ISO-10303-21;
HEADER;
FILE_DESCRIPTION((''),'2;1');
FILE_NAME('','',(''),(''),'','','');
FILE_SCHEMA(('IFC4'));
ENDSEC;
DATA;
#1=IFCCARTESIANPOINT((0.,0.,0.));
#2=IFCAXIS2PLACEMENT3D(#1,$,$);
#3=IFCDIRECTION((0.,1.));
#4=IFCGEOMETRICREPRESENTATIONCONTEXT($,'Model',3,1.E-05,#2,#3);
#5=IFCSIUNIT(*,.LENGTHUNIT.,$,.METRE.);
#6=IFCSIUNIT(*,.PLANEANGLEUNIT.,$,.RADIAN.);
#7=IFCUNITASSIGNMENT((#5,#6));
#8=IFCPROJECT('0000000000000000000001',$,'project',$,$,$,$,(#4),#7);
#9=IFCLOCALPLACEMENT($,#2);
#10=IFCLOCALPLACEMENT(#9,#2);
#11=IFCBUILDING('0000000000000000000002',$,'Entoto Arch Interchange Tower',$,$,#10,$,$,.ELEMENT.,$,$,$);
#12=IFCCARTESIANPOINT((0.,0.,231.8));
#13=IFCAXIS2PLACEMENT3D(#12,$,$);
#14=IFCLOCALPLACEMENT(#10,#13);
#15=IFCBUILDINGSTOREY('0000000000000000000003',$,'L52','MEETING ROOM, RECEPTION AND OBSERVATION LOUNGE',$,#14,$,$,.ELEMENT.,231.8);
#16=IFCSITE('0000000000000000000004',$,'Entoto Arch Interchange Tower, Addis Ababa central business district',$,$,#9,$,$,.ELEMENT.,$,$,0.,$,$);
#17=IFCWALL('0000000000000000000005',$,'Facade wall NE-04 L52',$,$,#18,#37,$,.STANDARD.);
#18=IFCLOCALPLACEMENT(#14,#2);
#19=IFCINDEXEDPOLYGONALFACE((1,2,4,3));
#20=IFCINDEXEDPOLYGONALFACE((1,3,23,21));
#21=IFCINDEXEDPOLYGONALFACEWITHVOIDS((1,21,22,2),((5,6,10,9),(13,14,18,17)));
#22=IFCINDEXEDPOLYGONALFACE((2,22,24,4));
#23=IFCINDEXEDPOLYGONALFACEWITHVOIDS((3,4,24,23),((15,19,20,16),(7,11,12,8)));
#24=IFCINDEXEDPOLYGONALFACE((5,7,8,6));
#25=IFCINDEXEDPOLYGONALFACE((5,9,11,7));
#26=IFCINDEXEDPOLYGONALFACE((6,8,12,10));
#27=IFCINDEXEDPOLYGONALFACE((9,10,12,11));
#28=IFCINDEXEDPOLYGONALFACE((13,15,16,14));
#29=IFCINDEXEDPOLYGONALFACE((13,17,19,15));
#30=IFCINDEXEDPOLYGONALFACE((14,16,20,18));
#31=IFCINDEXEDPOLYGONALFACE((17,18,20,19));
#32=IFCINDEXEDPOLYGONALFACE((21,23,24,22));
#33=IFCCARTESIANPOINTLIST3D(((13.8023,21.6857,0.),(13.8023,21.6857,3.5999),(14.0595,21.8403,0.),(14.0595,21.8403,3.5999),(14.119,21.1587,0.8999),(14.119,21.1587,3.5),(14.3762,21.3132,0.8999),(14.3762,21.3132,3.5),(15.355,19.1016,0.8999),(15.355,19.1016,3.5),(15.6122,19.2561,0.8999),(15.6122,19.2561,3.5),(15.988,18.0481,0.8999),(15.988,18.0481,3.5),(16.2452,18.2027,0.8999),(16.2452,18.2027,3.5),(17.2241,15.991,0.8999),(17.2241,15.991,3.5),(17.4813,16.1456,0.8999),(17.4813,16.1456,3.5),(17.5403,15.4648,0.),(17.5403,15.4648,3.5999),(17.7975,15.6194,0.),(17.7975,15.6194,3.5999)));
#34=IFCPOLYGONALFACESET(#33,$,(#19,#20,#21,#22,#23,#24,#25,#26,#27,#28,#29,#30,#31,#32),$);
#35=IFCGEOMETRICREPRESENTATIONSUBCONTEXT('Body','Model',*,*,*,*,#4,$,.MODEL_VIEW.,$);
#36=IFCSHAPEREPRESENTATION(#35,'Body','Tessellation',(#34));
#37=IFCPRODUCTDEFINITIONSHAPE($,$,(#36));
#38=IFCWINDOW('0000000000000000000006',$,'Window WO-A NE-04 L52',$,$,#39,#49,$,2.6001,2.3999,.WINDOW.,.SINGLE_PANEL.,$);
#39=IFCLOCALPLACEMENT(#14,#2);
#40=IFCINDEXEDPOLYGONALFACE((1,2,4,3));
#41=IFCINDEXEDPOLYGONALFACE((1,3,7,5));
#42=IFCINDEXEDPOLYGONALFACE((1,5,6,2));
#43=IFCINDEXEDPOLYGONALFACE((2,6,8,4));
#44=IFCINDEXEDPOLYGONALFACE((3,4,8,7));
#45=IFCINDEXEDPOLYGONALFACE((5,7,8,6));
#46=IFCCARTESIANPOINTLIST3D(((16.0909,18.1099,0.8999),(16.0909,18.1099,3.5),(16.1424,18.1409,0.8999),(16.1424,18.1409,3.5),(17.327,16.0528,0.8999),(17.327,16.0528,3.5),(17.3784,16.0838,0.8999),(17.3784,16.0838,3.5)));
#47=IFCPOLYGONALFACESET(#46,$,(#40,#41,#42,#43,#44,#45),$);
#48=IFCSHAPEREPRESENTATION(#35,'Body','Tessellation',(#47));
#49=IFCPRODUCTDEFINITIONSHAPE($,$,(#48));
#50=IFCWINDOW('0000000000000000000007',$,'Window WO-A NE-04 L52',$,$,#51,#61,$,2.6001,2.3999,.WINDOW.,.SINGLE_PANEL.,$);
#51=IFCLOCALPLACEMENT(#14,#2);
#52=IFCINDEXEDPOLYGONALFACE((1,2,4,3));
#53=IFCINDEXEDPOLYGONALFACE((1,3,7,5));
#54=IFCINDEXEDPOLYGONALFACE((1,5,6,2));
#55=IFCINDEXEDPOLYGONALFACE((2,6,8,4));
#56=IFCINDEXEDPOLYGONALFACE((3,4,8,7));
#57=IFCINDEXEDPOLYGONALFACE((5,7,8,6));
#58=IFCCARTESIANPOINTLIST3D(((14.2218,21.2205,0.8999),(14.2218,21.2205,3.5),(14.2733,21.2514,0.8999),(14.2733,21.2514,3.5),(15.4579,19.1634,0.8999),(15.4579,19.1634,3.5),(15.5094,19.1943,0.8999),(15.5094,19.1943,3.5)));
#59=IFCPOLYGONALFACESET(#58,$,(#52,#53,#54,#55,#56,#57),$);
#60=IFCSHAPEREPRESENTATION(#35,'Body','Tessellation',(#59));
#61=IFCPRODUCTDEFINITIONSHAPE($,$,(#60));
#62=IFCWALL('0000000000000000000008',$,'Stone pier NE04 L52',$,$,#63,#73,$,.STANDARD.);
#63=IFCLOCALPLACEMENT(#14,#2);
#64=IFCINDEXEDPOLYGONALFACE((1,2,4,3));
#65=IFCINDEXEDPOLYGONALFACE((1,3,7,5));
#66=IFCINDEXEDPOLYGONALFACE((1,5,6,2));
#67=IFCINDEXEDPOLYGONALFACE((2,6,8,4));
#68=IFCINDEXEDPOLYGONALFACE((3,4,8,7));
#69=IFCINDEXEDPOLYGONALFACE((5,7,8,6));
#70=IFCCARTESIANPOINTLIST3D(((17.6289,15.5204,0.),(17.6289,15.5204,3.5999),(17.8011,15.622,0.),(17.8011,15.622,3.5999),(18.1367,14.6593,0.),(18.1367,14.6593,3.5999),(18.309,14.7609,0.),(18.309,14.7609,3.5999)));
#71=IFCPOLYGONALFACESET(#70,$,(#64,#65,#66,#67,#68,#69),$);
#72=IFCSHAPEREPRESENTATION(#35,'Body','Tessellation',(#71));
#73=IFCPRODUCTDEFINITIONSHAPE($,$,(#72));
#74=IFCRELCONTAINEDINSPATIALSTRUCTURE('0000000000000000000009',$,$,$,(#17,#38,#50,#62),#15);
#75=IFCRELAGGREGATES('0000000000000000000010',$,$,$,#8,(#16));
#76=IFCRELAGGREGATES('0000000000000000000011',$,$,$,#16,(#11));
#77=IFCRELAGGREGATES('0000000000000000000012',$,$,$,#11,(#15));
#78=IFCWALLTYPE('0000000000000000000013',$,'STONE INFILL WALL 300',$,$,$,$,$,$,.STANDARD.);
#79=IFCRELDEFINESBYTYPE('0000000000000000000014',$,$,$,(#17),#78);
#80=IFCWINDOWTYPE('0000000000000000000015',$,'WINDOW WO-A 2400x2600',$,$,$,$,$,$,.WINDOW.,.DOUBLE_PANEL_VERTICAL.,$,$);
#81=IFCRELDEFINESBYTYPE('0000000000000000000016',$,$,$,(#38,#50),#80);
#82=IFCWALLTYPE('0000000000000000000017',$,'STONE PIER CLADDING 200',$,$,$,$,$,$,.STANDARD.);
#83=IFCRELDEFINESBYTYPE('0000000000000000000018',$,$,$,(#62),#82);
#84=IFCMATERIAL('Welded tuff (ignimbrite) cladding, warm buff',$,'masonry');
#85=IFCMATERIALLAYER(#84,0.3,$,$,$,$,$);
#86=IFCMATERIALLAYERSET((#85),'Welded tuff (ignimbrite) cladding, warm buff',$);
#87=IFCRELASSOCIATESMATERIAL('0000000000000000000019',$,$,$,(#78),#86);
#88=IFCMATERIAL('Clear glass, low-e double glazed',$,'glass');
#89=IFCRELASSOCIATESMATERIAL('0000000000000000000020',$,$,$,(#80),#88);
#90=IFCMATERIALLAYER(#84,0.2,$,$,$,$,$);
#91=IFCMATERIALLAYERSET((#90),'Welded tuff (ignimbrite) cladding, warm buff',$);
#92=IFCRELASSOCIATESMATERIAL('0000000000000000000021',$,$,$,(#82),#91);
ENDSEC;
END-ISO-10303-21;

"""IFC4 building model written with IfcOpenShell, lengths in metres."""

from ifc_helpers import new_model, si_unit, direction, frame, frame_2d, origin, place, context, subcontext, project, spatial, rectangle, extrude, material, layer, layer_set, type_object, element, fill, save


model = new_model("IFC4")

# Units and contexts
model_context = context("Model", 3, precision=1e-05, world=origin(), true_north=direction((0.0, 1.0)))
body_context = subcontext(model_context, "Body", "Model", "MODEL_VIEW")
ifc_project = project(units=[si_unit("LENGTHUNIT", "METRE"), si_unit("PLANEANGLEUNIT", "RADIAN")], contexts=[model_context])

# Site, building, storey
site_placement = place(None, origin())
site = spatial("IfcSite", under=ifc_project, at=site_placement, Name="Entoto Arch Interchange Tower, Addis Ababa central business district", CompositionType="ELEMENT", RefElevation=0.0)
building_placement = place(site_placement, origin())
building = spatial("IfcBuilding", under=site, at=building_placement, Name="Entoto Arch Interchange Tower", CompositionType="ELEMENT")
storey_placement = place(building_placement, frame((0.0, 0.0, 231.8)))
storey = spatial("IfcBuildingStorey", under=building, at=storey_placement, Name="L52", Description="MEETING ROOM, RECEPTION AND OBSERVATION LOUNGE", CompositionType="ELEMENT", Elevation=231.8)

# Wall, openings, windows
ifc_material_1 = material(Name="Welded tuff (ignimbrite) cladding, warm buff", Category="masonry")
ifc_layer_1 = layer(ifc_material_1, 0.3)
ifc_layer_set_1 = layer_set([ifc_layer_1], Name="Welded tuff (ignimbrite) cladding, warm buff")
wall_type_1 = type_object("IfcWallType", Name="STONE INFILL WALL 300", PredefinedType="STANDARD", material=ifc_layer_set_1)
ifc_material_2 = material(Name="Clear glass, low-e double glazed", Category="glass")
window_type = type_object("IfcWindowType", Name="WINDOW WO-A 2400x2600", PartitioningType="DOUBLE_PANEL_VERTICAL", PredefinedType="WINDOW", material=ifc_material_2)
wall_1_placement = place(storey_placement, frame((17.6689, 15.542, 0.0), z_axis=(0.0, 0.0, 1.0), x_axis=(-0.51505, 0.85716, 0.0)))
wall_1 = element("IfcWall", 1, at=wall_1_placement, inside=storey, type_object=wall_type_1, Name="Facade wall NE-04 L52", PredefinedType="STANDARD", context=body_context, shape_type="SweptSolid", body=[
    extrude(rectangle(XDim=7.2576, YDim=0.3, at=frame_2d((3.6289, 0.0))), origin(), (0.0, 0.0, 1.0), 3.5999),
])
opening_1_placement = place(wall_1_placement, frame((0.614, 0.0, 0.8999)))
opening_1 = element("IfcOpeningElement", 2, at=opening_1_placement, cuts=wall_1, PredefinedType="OPENING", context=body_context, shape_type="SweptSolid", body=[
    extrude(rectangle(XDim=2.3999, YDim=2.6001, at=frame_2d((1.2, 1.3))), frame((0.0, 0.1602, 0.0), z_axis=(0.0, -1.0, 0.0), x_axis=(1.0, 0.0, 0.0)), (0.0, 0.0, 1.0), 0.3201),
])
opening_2_placement = place(wall_1_placement, frame((4.2429, 0.0, 0.8999)))
opening_2 = element("IfcOpeningElement", 3, at=opening_2_placement, cuts=wall_1, PredefinedType="OPENING", context=body_context, shape_type="SweptSolid", body=[
    extrude(rectangle(XDim=2.3999, YDim=2.6001, at=frame_2d((1.2, 1.3))), frame((0.0, 0.1602, 0.0), z_axis=(0.0, -1.0, 0.0), x_axis=(1.0, 0.0, 0.0)), (0.0, 0.0, 1.0), 0.3201),
])
window_1_placement = place(opening_1_placement, origin())
window_1 = element("IfcWindow", 4, at=window_1_placement, inside=storey, type_object=window_type, Name="Window WO-A NE-04 L52", OverallHeight=2.6001, OverallWidth=2.3999, PartitioningType="SINGLE_PANEL", PredefinedType="WINDOW", context=body_context, shape_type="SweptSolid", body=[
    extrude(rectangle(XDim=2.3999, YDim=2.6001, at=frame_2d((1.2, 1.3))), frame((0.0, 0.03, 0.0), z_axis=(0.0, -1.0, 0.0), x_axis=(1.0, 0.0, 0.0)), (0.0, 0.0, 1.0), 0.0601),
])
fill(opening_1, window_1)
window_2_placement = place(opening_2_placement, origin())
window_2 = element("IfcWindow", 5, at=window_2_placement, inside=storey, type_object=window_type, Name="Window WO-A NE-04 L52", OverallHeight=2.6001, OverallWidth=2.3999, PartitioningType="SINGLE_PANEL", PredefinedType="WINDOW", context=body_context, shape_type="SweptSolid", body=[
    extrude(rectangle(XDim=2.3999, YDim=2.6001, at=frame_2d((1.2, 1.3))), frame((0.0, 0.03, 0.0), z_axis=(0.0, -1.0, 0.0), x_axis=(1.0, 0.0, 0.0)), (0.0, 0.0, 1.0), 0.0601),
])
fill(opening_2, window_2)

# Wall
ifc_layer_2 = layer(ifc_material_1, 0.2)
ifc_layer_set_2 = layer_set([ifc_layer_2], Name="Welded tuff (ignimbrite) cladding, warm buff")
wall_type_2 = type_object("IfcWallType", Name="STONE PIER CLADDING 200", PredefinedType="STANDARD", material=ifc_layer_set_2)
wall_2_placement = place(storey_placement, frame((18.2229, 14.71, 0.0), z_axis=(0.0, 0.0, 1.0), x_axis=(-0.50798, 0.861369, 0.0)))
element("IfcWall", 6, at=wall_2_placement, inside=storey, type_object=wall_type_2, Name="Stone pier NE04 L52", PredefinedType="STANDARD", context=body_context, shape_type="SweptSolid", body=[
    extrude(rectangle(XDim=0.9998, YDim=0.2, at=frame_2d((0.5, 0.0))), origin(), (0.0, 0.0, 1.0), 3.5999),
])

save(model, "model.ifc")
